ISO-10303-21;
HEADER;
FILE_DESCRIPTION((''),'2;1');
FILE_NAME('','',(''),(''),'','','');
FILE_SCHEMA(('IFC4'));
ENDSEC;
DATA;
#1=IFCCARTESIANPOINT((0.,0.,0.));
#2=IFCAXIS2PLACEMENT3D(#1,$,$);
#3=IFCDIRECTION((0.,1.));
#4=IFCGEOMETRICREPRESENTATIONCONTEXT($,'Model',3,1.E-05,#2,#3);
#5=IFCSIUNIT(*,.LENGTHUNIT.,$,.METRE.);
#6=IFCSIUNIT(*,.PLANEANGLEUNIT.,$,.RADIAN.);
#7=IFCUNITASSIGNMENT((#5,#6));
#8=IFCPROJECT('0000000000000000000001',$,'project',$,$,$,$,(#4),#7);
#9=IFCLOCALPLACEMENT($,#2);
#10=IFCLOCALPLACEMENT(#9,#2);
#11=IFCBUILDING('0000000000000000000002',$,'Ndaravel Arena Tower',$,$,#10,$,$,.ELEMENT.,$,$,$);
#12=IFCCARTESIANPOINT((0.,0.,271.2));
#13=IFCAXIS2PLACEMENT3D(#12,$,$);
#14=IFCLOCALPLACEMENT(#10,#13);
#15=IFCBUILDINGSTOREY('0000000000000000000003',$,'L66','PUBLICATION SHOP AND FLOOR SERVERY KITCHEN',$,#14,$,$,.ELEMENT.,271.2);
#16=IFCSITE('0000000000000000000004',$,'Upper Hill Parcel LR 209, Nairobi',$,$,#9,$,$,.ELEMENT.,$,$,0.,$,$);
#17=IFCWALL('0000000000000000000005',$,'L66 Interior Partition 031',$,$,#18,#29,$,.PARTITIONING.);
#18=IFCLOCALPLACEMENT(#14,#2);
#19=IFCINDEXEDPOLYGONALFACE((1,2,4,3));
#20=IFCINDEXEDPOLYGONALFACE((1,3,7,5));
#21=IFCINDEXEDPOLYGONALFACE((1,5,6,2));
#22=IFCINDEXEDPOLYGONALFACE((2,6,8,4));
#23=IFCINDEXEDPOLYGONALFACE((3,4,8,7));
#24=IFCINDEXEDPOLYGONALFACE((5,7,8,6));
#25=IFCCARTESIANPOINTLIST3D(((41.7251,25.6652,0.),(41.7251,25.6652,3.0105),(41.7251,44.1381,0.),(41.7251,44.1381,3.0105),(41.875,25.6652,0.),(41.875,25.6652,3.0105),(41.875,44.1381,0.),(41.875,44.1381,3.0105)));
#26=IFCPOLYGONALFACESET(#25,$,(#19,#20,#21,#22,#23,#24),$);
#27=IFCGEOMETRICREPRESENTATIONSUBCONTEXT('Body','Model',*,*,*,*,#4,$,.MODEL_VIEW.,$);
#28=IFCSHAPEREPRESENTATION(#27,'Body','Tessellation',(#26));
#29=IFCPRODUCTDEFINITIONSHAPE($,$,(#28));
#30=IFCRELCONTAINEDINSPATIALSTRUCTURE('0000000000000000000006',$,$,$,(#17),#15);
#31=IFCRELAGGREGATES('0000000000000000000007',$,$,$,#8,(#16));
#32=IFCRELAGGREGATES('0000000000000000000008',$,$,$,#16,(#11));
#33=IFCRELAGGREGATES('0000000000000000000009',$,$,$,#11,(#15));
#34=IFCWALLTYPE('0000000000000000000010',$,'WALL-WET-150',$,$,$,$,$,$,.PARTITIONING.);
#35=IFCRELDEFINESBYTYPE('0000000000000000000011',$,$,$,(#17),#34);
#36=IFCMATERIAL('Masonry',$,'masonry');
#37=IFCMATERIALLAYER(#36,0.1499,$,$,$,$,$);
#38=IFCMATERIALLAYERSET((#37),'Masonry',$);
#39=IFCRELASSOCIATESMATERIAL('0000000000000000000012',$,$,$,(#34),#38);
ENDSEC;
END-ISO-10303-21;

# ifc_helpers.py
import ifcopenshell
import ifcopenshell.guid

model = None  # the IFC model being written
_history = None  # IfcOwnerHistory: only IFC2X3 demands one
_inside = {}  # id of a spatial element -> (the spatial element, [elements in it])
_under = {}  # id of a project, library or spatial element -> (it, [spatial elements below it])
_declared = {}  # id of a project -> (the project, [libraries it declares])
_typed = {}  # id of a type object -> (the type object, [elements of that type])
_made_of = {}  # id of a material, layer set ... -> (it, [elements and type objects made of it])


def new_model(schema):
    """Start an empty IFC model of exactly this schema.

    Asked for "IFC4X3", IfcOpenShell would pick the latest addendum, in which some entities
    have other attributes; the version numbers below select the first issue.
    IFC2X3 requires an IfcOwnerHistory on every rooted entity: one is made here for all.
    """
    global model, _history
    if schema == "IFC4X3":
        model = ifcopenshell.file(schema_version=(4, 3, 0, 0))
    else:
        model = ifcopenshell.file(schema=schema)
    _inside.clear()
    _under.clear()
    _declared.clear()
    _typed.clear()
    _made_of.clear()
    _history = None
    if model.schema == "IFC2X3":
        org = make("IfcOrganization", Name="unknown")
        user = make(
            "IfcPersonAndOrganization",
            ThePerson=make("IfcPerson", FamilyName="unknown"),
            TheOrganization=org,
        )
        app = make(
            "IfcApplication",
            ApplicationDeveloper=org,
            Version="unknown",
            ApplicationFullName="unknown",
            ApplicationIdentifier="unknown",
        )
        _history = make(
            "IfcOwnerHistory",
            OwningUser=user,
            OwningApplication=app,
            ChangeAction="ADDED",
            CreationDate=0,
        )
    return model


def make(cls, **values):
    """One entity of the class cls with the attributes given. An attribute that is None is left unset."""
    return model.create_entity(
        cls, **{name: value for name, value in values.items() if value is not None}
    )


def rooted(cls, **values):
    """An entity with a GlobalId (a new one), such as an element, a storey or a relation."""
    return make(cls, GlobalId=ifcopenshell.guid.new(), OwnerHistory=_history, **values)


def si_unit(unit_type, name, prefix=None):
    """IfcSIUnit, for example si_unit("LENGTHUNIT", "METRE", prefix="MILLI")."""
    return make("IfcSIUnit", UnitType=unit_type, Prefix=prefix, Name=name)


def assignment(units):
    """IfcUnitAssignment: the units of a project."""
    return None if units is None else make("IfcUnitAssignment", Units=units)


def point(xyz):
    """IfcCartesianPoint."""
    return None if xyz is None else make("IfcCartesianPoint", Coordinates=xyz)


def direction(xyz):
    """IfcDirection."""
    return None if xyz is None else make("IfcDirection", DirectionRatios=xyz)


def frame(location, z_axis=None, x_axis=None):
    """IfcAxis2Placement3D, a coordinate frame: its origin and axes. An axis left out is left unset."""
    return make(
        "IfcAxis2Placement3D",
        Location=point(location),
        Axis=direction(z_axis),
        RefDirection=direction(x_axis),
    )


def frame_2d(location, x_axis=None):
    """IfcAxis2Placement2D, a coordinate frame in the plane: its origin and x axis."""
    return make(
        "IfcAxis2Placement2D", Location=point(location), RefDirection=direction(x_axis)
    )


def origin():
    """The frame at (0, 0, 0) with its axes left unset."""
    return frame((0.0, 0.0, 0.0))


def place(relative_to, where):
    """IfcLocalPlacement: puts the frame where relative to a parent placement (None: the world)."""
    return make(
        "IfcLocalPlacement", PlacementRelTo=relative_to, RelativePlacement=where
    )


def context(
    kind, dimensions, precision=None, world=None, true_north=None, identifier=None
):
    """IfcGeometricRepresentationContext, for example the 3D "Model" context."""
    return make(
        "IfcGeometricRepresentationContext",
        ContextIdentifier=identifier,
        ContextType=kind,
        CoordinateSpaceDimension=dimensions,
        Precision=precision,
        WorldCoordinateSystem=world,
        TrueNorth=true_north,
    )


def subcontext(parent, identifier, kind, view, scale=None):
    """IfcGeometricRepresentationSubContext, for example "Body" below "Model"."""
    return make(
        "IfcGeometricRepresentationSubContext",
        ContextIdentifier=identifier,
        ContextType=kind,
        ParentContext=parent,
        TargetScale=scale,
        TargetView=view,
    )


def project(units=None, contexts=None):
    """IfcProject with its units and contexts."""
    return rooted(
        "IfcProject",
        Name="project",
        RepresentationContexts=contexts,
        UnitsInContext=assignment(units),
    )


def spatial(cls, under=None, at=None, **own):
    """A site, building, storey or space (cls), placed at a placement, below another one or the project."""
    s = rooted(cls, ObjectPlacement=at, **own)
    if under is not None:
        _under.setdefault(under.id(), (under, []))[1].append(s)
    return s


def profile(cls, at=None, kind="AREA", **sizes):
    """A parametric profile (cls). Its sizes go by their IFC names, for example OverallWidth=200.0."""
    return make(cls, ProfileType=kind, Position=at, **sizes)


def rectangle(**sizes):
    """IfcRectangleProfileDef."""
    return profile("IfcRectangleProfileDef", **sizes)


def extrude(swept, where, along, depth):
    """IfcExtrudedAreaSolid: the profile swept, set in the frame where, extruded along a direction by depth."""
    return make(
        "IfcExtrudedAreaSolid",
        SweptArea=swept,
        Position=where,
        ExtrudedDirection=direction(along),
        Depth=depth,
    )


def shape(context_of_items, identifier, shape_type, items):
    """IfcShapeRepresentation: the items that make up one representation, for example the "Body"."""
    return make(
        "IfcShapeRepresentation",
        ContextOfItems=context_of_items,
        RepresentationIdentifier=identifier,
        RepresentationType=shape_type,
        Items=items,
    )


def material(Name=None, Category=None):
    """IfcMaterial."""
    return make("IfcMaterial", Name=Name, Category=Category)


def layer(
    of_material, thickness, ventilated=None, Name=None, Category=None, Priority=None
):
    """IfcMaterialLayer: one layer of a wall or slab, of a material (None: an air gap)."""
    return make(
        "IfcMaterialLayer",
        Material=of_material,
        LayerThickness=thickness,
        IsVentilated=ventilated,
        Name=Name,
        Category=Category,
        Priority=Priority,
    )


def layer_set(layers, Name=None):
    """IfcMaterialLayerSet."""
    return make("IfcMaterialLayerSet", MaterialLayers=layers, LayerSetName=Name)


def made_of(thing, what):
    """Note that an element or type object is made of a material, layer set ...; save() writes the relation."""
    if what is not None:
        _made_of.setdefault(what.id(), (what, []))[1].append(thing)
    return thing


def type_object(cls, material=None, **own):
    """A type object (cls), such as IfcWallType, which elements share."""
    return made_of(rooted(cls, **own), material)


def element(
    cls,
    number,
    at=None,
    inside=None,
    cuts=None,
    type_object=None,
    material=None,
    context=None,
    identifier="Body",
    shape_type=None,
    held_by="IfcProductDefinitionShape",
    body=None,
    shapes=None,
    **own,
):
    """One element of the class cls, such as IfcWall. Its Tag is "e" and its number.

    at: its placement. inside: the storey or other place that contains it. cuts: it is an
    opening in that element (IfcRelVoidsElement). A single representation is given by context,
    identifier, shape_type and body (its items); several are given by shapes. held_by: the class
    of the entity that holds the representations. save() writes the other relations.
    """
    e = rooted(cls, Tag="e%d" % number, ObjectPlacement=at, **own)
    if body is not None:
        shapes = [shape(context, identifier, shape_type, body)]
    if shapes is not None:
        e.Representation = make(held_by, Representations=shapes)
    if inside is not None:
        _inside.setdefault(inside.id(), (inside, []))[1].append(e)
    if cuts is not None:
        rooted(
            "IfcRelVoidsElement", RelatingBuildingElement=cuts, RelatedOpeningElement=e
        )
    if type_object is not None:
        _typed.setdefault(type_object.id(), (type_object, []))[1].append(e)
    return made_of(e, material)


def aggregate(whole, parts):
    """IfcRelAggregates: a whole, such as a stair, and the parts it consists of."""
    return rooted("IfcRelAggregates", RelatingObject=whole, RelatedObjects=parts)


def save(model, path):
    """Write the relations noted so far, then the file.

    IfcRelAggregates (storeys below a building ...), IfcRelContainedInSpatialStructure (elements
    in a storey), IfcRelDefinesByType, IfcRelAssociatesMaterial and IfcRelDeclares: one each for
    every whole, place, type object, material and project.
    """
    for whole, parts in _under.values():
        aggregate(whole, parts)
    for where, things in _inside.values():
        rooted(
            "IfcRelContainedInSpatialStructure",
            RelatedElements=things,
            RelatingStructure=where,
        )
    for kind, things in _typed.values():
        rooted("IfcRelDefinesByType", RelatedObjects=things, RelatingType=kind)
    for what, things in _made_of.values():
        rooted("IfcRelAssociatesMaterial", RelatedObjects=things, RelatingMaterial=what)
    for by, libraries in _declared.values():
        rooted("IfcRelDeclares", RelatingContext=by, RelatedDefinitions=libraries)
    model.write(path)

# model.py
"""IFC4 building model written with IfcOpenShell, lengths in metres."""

from ifc_helpers import new_model, si_unit, direction, frame, frame_2d, origin, place, context, subcontext, project, spatial, rectangle, extrude, material, layer, layer_set, type_object, element, save


model = new_model("IFC4")

# Units and contexts
model_context = context("Model", 3, precision=1e-05, world=origin(), true_north=direction((0.0, 1.0)))
body_context = subcontext(model_context, "Body", "Model", "MODEL_VIEW")
ifc_project = project(units=[si_unit("LENGTHUNIT", "METRE"), si_unit("PLANEANGLEUNIT", "RADIAN")], contexts=[model_context])

# Site, building, storey
site_placement = place(None, origin())
site = spatial("IfcSite", under=ifc_project, at=site_placement, Name="Upper Hill Parcel LR 209, Nairobi", CompositionType="ELEMENT", RefElevation=0.0)
building_placement = place(site_placement, origin())
building = spatial("IfcBuilding", under=site, at=building_placement, Name="Ndaravel Arena Tower", CompositionType="ELEMENT")
storey_placement = place(building_placement, frame((0.0, 0.0, 271.2)))
storey = spatial("IfcBuildingStorey", under=building, at=storey_placement, Name="L66", Description="PUBLICATION SHOP AND FLOOR SERVERY KITCHEN", CompositionType="ELEMENT", Elevation=271.2)

# Shared definitions
ifc_material_1 = material(Name="Masonry", Category="masonry")
ifc_layer_1 = layer(ifc_material_1, 0.1499)
ifc_layer_set_1 = layer_set([ifc_layer_1], Name="Masonry")
wall_type_1 = type_object("IfcWallType", Name="WALL-WET-150", PredefinedType="PARTITIONING", material=ifc_layer_set_1)

# Wall
wall_1_placement = place(storey_placement, frame((41.8, 44.1379, 0.0), z_axis=(0.0, 0.0, 1.0), x_axis=(0.0, -1.0, 0.0)))
element("IfcWall", 1, at=wall_1_placement, inside=storey, type_object=wall_type_1, Name="L66 Interior Partition 031", PredefinedType="PARTITIONING", context=body_context, shape_type="SweptSolid", body=[
    extrude(rectangle(XDim=18.4729, YDim=0.1499, at=frame_2d((9.2363, 0.0))), origin(), (0.0, 0.0, 1.0), 3.0105),
])

save(model, "model.ifc")
